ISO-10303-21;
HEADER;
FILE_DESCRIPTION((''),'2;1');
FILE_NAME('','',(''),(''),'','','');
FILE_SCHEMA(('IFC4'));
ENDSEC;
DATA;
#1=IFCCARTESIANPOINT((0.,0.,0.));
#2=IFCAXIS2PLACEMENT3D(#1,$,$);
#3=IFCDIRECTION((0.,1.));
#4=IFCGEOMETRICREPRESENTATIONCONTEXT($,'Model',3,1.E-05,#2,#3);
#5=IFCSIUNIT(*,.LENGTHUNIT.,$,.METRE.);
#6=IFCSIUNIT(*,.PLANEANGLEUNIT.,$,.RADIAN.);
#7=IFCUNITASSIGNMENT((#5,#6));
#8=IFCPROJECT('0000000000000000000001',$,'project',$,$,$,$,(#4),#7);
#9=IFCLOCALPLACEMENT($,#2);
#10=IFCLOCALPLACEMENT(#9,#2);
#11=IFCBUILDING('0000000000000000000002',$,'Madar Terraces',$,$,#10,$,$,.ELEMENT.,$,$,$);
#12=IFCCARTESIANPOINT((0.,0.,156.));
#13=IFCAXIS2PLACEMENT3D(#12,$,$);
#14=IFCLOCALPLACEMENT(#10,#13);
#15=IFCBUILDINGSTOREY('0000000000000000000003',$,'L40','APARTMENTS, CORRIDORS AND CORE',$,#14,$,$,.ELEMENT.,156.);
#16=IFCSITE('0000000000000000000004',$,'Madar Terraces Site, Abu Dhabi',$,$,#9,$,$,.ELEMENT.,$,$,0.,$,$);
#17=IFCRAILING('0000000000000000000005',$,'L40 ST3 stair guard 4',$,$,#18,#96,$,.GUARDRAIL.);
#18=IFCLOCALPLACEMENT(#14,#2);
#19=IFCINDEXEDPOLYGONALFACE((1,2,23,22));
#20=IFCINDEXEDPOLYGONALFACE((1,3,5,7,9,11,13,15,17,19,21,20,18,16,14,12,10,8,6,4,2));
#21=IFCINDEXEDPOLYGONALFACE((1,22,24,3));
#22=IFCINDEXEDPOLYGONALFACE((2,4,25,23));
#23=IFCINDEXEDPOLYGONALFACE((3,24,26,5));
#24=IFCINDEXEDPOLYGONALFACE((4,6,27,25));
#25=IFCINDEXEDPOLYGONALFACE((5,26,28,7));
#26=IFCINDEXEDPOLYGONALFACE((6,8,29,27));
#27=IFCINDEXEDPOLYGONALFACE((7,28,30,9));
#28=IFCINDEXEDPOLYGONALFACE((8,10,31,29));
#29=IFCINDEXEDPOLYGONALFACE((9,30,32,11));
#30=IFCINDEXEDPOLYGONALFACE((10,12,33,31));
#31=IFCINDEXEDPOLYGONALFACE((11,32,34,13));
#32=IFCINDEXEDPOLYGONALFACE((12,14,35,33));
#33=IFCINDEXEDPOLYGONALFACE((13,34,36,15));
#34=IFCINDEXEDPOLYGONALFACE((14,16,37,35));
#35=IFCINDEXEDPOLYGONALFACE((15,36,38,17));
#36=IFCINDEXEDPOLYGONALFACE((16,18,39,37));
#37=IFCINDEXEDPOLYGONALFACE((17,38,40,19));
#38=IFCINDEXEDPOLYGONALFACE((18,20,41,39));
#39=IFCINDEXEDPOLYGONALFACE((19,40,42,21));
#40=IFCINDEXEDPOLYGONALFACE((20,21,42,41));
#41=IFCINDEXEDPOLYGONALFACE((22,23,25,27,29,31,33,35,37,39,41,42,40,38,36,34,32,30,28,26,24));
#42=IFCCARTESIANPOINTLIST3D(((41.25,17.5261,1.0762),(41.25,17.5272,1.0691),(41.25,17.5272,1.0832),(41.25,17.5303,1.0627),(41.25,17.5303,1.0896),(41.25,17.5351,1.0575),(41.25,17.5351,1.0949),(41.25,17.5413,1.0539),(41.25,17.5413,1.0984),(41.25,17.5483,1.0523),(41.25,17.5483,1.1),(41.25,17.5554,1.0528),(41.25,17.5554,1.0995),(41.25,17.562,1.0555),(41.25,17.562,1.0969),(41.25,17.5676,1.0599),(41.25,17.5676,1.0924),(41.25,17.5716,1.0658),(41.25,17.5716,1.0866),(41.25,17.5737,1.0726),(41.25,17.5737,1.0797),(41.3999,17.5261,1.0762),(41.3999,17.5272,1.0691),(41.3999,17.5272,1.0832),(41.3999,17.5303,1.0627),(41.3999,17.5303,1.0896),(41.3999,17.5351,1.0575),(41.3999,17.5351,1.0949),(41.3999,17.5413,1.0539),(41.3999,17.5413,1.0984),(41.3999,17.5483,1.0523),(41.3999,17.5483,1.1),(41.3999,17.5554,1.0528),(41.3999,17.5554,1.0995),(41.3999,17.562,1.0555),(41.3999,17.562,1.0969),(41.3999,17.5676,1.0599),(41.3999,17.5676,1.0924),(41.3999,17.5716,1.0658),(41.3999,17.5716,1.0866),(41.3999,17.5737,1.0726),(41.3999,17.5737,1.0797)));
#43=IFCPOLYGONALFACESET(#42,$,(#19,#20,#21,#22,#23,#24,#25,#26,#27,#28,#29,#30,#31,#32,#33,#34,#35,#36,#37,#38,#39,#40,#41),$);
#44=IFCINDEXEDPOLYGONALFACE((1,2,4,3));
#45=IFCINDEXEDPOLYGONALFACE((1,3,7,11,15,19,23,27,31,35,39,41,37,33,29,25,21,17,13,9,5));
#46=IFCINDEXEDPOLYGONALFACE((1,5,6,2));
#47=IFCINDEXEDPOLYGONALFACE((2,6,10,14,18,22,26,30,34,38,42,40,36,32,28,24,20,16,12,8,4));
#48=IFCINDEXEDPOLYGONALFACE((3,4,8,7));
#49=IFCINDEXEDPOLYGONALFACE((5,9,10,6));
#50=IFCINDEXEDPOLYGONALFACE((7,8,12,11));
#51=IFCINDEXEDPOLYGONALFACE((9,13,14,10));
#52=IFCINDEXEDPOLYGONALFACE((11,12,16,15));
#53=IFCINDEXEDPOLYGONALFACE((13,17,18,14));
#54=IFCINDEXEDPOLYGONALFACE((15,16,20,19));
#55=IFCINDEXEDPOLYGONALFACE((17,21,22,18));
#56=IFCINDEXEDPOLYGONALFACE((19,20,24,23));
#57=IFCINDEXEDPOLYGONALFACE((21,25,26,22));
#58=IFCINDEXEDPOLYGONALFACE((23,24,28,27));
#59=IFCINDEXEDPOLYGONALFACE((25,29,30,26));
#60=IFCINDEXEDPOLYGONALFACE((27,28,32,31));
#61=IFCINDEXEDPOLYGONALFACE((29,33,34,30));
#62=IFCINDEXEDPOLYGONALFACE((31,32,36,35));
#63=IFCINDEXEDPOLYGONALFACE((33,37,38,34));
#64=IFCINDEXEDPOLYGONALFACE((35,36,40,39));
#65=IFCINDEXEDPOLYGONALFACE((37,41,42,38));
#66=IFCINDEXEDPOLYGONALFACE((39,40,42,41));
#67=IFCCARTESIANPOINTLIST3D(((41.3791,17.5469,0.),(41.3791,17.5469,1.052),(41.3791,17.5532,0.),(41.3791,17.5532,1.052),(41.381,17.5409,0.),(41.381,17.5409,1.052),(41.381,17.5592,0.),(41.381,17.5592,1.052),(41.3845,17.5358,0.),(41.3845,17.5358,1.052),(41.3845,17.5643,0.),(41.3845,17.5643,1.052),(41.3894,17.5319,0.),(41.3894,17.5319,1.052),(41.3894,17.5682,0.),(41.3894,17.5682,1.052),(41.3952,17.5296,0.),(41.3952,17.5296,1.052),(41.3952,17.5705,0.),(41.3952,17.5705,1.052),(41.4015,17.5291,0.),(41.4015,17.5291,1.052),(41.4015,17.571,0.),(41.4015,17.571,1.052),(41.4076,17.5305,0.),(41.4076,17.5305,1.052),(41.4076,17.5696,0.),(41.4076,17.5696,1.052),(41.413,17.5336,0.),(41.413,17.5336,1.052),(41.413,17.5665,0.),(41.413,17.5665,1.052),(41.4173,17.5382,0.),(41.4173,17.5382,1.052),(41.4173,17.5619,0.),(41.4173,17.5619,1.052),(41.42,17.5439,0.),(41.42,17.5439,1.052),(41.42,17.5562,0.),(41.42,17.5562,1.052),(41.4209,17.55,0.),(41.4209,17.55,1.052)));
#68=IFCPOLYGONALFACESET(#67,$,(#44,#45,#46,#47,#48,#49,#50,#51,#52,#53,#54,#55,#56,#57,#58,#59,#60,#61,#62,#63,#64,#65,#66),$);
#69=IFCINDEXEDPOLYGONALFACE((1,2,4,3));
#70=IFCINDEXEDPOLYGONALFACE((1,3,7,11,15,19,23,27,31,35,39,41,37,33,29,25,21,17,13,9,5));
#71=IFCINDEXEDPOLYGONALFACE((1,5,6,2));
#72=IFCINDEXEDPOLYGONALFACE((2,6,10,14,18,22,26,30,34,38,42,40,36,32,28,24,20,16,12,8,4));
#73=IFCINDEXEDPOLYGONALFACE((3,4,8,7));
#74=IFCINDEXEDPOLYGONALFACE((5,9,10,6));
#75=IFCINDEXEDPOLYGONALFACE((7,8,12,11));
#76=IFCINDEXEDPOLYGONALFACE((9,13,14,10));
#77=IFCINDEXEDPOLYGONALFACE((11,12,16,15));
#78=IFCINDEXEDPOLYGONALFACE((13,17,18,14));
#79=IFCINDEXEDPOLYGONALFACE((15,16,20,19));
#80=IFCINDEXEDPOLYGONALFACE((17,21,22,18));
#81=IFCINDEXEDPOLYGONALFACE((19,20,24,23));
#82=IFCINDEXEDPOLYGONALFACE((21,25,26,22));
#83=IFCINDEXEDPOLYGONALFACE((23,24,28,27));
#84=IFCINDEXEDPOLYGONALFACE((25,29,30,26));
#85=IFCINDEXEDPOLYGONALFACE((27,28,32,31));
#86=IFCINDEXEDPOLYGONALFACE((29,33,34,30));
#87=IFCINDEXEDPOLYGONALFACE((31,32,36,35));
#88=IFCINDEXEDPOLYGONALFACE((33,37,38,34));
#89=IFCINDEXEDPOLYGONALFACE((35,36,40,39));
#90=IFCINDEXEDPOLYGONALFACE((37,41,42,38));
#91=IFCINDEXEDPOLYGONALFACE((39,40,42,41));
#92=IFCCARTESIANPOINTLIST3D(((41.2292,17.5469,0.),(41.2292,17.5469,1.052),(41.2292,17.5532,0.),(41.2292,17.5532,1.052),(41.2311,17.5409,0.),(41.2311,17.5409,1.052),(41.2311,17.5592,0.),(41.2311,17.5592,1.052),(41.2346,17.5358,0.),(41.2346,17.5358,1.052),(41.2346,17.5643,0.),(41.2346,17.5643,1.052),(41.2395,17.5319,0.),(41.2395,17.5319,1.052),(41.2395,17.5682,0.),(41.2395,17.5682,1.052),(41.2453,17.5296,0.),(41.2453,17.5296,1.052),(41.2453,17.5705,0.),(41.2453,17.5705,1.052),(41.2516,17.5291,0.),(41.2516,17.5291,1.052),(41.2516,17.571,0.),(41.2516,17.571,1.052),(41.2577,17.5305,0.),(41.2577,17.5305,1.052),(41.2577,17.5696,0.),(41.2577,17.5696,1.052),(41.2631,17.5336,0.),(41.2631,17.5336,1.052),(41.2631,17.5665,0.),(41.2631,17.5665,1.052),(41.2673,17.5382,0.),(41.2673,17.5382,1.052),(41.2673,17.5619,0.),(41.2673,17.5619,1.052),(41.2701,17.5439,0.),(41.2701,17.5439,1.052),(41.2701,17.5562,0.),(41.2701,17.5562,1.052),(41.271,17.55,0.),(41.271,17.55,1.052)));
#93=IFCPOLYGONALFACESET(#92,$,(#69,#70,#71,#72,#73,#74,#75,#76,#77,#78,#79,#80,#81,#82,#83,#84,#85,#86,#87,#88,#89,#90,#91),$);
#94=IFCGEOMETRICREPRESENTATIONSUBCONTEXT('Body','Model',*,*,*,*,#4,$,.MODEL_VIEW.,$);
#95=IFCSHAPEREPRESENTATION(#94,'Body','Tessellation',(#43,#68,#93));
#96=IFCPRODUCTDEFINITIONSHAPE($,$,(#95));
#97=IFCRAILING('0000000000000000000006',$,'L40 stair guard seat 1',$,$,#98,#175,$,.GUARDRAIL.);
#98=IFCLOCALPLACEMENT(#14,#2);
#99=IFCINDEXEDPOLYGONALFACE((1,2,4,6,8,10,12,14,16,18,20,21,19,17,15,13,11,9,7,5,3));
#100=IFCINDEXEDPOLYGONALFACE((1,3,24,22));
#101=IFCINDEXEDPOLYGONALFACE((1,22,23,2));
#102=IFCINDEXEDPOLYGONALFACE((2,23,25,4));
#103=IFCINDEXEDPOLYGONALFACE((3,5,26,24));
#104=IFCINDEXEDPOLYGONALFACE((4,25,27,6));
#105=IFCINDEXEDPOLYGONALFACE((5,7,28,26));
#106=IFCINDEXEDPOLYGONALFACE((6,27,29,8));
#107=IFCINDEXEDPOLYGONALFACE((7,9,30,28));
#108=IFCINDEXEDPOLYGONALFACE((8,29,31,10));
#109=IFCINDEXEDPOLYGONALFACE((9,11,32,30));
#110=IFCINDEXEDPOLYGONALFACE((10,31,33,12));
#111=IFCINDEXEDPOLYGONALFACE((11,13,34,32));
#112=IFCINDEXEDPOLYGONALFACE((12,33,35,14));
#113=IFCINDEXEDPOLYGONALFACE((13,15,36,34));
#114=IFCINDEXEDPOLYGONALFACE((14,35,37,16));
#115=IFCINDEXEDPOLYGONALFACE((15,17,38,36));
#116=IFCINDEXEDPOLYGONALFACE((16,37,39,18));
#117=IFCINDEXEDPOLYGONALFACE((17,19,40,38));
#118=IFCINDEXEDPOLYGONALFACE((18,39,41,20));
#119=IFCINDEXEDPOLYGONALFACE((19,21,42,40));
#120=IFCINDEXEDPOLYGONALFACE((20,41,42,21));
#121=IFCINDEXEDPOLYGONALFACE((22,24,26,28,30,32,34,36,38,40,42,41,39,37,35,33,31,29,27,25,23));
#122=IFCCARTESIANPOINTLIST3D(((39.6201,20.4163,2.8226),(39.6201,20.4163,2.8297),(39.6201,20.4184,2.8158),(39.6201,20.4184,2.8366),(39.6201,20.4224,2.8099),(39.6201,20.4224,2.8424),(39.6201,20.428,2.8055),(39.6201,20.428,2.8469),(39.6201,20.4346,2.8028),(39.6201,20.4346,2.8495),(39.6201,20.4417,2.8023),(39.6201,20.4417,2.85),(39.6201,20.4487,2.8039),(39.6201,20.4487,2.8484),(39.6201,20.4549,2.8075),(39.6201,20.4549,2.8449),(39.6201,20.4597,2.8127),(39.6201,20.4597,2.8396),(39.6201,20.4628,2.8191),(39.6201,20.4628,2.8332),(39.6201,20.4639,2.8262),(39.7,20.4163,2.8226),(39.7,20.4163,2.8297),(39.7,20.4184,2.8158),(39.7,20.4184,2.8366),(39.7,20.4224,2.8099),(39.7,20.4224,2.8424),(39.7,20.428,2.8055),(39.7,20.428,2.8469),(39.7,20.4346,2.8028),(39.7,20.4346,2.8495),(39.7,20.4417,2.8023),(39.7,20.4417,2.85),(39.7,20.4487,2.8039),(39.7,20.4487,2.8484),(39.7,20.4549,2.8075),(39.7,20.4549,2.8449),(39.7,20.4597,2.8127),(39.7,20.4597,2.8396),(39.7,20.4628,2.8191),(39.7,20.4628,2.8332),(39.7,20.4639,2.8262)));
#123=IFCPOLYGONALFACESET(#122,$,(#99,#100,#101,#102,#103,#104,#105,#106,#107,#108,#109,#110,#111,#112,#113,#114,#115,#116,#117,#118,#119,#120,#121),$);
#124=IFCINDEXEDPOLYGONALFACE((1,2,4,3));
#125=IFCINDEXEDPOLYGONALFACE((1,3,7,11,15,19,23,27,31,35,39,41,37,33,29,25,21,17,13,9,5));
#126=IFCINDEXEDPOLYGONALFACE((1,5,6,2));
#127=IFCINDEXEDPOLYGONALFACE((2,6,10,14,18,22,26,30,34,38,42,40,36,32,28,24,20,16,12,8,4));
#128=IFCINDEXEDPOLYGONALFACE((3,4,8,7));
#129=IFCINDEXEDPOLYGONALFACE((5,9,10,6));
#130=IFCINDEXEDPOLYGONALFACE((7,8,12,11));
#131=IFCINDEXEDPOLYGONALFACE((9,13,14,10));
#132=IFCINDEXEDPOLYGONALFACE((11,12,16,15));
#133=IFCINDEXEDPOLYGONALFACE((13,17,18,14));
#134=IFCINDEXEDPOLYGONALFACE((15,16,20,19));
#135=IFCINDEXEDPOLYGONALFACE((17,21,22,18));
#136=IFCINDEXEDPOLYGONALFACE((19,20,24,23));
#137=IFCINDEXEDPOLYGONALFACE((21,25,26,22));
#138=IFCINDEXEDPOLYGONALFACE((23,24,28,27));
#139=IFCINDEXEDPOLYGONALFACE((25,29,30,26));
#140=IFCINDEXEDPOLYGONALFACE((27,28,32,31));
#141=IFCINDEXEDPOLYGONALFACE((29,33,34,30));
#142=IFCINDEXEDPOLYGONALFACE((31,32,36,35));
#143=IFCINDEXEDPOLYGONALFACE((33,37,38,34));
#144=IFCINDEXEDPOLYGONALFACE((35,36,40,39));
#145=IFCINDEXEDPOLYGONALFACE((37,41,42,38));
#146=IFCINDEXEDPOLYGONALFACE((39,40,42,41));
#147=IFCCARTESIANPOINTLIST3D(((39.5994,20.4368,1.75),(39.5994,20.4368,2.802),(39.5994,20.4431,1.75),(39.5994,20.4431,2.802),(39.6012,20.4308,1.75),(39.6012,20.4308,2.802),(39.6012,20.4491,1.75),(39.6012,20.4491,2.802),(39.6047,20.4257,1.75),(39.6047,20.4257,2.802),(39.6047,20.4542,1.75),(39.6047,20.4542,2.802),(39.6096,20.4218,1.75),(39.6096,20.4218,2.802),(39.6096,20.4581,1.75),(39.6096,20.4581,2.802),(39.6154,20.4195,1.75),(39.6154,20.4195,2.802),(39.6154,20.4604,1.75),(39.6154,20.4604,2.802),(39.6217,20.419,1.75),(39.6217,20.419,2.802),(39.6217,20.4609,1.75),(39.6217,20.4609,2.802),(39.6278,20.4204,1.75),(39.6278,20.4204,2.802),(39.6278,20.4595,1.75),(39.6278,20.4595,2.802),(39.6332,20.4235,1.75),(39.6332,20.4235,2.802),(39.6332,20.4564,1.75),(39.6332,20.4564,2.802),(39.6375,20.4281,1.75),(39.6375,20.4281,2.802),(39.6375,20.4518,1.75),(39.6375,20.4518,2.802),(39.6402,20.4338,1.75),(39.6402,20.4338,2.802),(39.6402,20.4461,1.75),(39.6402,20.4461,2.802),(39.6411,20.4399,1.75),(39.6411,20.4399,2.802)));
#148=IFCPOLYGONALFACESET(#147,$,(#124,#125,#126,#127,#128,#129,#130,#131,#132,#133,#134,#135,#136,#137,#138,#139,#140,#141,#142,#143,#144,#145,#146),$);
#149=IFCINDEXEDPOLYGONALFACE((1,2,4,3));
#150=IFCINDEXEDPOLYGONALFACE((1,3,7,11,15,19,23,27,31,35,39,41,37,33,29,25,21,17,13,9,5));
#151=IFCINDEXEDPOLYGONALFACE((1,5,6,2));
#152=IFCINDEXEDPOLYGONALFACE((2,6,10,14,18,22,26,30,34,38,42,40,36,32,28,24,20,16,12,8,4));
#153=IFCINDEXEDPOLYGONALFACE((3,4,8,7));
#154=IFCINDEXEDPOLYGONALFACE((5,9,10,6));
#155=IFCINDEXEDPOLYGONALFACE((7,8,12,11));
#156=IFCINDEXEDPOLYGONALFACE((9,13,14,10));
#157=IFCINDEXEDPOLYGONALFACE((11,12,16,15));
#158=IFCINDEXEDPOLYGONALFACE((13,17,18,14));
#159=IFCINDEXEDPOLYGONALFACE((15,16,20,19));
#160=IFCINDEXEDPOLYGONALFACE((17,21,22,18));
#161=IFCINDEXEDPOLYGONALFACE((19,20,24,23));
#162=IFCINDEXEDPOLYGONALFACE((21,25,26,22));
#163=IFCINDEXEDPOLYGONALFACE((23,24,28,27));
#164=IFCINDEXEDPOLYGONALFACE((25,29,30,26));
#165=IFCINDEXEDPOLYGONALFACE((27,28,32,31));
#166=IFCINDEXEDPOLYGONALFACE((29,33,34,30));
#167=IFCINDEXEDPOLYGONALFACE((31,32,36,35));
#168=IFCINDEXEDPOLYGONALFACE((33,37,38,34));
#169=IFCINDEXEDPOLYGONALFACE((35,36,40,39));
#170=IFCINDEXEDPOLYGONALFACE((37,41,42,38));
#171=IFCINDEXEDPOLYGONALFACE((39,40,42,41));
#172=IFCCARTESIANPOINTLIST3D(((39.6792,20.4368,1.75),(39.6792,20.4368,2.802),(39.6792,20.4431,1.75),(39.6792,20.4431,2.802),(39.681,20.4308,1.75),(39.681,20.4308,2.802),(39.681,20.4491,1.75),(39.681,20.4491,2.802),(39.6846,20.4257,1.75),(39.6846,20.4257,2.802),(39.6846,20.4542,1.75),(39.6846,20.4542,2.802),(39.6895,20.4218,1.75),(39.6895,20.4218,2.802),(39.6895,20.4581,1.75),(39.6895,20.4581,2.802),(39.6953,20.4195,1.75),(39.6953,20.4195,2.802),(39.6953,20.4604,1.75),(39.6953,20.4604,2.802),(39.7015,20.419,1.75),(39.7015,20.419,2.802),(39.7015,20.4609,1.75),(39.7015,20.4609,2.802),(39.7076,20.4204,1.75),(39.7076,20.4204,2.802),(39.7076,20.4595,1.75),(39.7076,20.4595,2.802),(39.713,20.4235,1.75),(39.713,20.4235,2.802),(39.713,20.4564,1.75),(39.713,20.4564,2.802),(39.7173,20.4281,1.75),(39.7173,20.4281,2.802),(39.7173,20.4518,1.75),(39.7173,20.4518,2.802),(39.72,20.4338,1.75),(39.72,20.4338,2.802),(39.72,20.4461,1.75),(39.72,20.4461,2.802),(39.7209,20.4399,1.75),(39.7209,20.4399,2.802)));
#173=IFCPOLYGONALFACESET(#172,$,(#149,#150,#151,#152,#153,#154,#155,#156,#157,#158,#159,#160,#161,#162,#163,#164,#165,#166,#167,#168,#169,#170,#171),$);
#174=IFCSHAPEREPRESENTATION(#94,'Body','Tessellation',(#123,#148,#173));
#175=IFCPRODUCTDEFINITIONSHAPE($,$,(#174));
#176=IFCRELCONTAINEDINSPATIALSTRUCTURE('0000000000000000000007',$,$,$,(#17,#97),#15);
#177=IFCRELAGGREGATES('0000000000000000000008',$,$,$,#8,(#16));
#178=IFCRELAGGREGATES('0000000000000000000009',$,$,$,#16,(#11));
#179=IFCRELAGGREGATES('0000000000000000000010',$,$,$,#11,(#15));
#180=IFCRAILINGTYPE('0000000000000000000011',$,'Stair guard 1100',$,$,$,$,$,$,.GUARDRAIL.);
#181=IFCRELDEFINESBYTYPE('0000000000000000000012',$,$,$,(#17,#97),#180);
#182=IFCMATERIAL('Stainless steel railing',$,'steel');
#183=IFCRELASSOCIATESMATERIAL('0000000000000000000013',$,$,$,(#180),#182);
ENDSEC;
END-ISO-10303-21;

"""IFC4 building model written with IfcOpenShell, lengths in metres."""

from ifc_helpers import new_model, si_unit, direction, frame, origin, origin_2d, place, context, subcontext, project, spatial, circle, extrude, material, type_object, element, save


model = new_model("IFC4")

# Units and contexts
model_context = context("Model", 3, precision=1e-05, world=origin(), true_north=direction((0.0, 1.0)))
body_context = subcontext(model_context, "Body", "Model", "MODEL_VIEW")
ifc_project = project(units=[si_unit("LENGTHUNIT", "METRE"), si_unit("PLANEANGLEUNIT", "RADIAN")], contexts=[model_context])

# Site, building, storey
site_placement = place(None, origin())
site = spatial("IfcSite", under=ifc_project, at=site_placement, Name="Madar Terraces Site, Abu Dhabi", CompositionType="ELEMENT", RefElevation=0.0)
building_placement = place(site_placement, origin())
building = spatial("IfcBuilding", under=site, at=building_placement, Name="Madar Terraces", CompositionType="ELEMENT")
storey_placement = place(building_placement, frame((0.0, 0.0, 156.0)))
storey = spatial("IfcBuildingStorey", under=building, at=storey_placement, Name="L40", Description="APARTMENTS, CORRIDORS AND CORE", CompositionType="ELEMENT", Elevation=156.0)

# Railings
ifc_material_1 = material(Name="Stainless steel railing", Category="steel")
railing_type_1 = type_object("IfcRailingType", Name="Stair guard 1100", PredefinedType="GUARDRAIL", material=ifc_material_1)
railing_1_placement = place(storey_placement, frame((41.3999, 17.55, 0.0)))
element("IfcRailing", 1, at=railing_1_placement, inside=storey, type_object=railing_type_1, Name="L40 ST3 stair guard 4", PredefinedType="GUARDRAIL", context=body_context, shape_type="SweptSolid", body=[
    extrude(circle(Radius=0.0239, at=origin_2d()), frame((0.0, 0.0, 1.0762), z_axis=(-1.0, 0.0, 0.0), x_axis=(0.0, -1.0, 0.0)), (0.0, 0.0, 1.0), 0.1499),
    extrude(circle(Radius=0.021, at=origin_2d()), origin(), (0.0, 0.0, 1.0), 1.052),
    extrude(circle(Radius=0.021, at=origin_2d()), frame((-0.1499, 0.0, 0.0)), (0.0, 0.0, 1.0), 1.052),
])
railing_2_placement = place(storey_placement, frame((39.6201, 20.4399, 1.75)))
element("IfcRailing", 2, at=railing_2_placement, inside=storey, type_object=railing_type_1, Name="L40 stair guard seat 1", PredefinedType="GUARDRAIL", context=body_context, shape_type="SweptSolid", body=[
    extrude(circle(Radius=0.0239, at=origin_2d()), frame((0.0, 0.0, 1.0762), z_axis=(1.0, 0.0, 0.0), x_axis=(0.0, 1.0, 0.0)), (0.0, 0.0, 1.0), 0.0798),
    extrude(circle(Radius=0.021, at=origin_2d()), origin(), (0.0, 0.0, 1.0), 1.052),
    extrude(circle(Radius=0.021, at=origin_2d()), frame((0.0798, 0.0, 0.0)), (0.0, 0.0, 1.0), 1.052),
])

save(model, "model.ifc")
